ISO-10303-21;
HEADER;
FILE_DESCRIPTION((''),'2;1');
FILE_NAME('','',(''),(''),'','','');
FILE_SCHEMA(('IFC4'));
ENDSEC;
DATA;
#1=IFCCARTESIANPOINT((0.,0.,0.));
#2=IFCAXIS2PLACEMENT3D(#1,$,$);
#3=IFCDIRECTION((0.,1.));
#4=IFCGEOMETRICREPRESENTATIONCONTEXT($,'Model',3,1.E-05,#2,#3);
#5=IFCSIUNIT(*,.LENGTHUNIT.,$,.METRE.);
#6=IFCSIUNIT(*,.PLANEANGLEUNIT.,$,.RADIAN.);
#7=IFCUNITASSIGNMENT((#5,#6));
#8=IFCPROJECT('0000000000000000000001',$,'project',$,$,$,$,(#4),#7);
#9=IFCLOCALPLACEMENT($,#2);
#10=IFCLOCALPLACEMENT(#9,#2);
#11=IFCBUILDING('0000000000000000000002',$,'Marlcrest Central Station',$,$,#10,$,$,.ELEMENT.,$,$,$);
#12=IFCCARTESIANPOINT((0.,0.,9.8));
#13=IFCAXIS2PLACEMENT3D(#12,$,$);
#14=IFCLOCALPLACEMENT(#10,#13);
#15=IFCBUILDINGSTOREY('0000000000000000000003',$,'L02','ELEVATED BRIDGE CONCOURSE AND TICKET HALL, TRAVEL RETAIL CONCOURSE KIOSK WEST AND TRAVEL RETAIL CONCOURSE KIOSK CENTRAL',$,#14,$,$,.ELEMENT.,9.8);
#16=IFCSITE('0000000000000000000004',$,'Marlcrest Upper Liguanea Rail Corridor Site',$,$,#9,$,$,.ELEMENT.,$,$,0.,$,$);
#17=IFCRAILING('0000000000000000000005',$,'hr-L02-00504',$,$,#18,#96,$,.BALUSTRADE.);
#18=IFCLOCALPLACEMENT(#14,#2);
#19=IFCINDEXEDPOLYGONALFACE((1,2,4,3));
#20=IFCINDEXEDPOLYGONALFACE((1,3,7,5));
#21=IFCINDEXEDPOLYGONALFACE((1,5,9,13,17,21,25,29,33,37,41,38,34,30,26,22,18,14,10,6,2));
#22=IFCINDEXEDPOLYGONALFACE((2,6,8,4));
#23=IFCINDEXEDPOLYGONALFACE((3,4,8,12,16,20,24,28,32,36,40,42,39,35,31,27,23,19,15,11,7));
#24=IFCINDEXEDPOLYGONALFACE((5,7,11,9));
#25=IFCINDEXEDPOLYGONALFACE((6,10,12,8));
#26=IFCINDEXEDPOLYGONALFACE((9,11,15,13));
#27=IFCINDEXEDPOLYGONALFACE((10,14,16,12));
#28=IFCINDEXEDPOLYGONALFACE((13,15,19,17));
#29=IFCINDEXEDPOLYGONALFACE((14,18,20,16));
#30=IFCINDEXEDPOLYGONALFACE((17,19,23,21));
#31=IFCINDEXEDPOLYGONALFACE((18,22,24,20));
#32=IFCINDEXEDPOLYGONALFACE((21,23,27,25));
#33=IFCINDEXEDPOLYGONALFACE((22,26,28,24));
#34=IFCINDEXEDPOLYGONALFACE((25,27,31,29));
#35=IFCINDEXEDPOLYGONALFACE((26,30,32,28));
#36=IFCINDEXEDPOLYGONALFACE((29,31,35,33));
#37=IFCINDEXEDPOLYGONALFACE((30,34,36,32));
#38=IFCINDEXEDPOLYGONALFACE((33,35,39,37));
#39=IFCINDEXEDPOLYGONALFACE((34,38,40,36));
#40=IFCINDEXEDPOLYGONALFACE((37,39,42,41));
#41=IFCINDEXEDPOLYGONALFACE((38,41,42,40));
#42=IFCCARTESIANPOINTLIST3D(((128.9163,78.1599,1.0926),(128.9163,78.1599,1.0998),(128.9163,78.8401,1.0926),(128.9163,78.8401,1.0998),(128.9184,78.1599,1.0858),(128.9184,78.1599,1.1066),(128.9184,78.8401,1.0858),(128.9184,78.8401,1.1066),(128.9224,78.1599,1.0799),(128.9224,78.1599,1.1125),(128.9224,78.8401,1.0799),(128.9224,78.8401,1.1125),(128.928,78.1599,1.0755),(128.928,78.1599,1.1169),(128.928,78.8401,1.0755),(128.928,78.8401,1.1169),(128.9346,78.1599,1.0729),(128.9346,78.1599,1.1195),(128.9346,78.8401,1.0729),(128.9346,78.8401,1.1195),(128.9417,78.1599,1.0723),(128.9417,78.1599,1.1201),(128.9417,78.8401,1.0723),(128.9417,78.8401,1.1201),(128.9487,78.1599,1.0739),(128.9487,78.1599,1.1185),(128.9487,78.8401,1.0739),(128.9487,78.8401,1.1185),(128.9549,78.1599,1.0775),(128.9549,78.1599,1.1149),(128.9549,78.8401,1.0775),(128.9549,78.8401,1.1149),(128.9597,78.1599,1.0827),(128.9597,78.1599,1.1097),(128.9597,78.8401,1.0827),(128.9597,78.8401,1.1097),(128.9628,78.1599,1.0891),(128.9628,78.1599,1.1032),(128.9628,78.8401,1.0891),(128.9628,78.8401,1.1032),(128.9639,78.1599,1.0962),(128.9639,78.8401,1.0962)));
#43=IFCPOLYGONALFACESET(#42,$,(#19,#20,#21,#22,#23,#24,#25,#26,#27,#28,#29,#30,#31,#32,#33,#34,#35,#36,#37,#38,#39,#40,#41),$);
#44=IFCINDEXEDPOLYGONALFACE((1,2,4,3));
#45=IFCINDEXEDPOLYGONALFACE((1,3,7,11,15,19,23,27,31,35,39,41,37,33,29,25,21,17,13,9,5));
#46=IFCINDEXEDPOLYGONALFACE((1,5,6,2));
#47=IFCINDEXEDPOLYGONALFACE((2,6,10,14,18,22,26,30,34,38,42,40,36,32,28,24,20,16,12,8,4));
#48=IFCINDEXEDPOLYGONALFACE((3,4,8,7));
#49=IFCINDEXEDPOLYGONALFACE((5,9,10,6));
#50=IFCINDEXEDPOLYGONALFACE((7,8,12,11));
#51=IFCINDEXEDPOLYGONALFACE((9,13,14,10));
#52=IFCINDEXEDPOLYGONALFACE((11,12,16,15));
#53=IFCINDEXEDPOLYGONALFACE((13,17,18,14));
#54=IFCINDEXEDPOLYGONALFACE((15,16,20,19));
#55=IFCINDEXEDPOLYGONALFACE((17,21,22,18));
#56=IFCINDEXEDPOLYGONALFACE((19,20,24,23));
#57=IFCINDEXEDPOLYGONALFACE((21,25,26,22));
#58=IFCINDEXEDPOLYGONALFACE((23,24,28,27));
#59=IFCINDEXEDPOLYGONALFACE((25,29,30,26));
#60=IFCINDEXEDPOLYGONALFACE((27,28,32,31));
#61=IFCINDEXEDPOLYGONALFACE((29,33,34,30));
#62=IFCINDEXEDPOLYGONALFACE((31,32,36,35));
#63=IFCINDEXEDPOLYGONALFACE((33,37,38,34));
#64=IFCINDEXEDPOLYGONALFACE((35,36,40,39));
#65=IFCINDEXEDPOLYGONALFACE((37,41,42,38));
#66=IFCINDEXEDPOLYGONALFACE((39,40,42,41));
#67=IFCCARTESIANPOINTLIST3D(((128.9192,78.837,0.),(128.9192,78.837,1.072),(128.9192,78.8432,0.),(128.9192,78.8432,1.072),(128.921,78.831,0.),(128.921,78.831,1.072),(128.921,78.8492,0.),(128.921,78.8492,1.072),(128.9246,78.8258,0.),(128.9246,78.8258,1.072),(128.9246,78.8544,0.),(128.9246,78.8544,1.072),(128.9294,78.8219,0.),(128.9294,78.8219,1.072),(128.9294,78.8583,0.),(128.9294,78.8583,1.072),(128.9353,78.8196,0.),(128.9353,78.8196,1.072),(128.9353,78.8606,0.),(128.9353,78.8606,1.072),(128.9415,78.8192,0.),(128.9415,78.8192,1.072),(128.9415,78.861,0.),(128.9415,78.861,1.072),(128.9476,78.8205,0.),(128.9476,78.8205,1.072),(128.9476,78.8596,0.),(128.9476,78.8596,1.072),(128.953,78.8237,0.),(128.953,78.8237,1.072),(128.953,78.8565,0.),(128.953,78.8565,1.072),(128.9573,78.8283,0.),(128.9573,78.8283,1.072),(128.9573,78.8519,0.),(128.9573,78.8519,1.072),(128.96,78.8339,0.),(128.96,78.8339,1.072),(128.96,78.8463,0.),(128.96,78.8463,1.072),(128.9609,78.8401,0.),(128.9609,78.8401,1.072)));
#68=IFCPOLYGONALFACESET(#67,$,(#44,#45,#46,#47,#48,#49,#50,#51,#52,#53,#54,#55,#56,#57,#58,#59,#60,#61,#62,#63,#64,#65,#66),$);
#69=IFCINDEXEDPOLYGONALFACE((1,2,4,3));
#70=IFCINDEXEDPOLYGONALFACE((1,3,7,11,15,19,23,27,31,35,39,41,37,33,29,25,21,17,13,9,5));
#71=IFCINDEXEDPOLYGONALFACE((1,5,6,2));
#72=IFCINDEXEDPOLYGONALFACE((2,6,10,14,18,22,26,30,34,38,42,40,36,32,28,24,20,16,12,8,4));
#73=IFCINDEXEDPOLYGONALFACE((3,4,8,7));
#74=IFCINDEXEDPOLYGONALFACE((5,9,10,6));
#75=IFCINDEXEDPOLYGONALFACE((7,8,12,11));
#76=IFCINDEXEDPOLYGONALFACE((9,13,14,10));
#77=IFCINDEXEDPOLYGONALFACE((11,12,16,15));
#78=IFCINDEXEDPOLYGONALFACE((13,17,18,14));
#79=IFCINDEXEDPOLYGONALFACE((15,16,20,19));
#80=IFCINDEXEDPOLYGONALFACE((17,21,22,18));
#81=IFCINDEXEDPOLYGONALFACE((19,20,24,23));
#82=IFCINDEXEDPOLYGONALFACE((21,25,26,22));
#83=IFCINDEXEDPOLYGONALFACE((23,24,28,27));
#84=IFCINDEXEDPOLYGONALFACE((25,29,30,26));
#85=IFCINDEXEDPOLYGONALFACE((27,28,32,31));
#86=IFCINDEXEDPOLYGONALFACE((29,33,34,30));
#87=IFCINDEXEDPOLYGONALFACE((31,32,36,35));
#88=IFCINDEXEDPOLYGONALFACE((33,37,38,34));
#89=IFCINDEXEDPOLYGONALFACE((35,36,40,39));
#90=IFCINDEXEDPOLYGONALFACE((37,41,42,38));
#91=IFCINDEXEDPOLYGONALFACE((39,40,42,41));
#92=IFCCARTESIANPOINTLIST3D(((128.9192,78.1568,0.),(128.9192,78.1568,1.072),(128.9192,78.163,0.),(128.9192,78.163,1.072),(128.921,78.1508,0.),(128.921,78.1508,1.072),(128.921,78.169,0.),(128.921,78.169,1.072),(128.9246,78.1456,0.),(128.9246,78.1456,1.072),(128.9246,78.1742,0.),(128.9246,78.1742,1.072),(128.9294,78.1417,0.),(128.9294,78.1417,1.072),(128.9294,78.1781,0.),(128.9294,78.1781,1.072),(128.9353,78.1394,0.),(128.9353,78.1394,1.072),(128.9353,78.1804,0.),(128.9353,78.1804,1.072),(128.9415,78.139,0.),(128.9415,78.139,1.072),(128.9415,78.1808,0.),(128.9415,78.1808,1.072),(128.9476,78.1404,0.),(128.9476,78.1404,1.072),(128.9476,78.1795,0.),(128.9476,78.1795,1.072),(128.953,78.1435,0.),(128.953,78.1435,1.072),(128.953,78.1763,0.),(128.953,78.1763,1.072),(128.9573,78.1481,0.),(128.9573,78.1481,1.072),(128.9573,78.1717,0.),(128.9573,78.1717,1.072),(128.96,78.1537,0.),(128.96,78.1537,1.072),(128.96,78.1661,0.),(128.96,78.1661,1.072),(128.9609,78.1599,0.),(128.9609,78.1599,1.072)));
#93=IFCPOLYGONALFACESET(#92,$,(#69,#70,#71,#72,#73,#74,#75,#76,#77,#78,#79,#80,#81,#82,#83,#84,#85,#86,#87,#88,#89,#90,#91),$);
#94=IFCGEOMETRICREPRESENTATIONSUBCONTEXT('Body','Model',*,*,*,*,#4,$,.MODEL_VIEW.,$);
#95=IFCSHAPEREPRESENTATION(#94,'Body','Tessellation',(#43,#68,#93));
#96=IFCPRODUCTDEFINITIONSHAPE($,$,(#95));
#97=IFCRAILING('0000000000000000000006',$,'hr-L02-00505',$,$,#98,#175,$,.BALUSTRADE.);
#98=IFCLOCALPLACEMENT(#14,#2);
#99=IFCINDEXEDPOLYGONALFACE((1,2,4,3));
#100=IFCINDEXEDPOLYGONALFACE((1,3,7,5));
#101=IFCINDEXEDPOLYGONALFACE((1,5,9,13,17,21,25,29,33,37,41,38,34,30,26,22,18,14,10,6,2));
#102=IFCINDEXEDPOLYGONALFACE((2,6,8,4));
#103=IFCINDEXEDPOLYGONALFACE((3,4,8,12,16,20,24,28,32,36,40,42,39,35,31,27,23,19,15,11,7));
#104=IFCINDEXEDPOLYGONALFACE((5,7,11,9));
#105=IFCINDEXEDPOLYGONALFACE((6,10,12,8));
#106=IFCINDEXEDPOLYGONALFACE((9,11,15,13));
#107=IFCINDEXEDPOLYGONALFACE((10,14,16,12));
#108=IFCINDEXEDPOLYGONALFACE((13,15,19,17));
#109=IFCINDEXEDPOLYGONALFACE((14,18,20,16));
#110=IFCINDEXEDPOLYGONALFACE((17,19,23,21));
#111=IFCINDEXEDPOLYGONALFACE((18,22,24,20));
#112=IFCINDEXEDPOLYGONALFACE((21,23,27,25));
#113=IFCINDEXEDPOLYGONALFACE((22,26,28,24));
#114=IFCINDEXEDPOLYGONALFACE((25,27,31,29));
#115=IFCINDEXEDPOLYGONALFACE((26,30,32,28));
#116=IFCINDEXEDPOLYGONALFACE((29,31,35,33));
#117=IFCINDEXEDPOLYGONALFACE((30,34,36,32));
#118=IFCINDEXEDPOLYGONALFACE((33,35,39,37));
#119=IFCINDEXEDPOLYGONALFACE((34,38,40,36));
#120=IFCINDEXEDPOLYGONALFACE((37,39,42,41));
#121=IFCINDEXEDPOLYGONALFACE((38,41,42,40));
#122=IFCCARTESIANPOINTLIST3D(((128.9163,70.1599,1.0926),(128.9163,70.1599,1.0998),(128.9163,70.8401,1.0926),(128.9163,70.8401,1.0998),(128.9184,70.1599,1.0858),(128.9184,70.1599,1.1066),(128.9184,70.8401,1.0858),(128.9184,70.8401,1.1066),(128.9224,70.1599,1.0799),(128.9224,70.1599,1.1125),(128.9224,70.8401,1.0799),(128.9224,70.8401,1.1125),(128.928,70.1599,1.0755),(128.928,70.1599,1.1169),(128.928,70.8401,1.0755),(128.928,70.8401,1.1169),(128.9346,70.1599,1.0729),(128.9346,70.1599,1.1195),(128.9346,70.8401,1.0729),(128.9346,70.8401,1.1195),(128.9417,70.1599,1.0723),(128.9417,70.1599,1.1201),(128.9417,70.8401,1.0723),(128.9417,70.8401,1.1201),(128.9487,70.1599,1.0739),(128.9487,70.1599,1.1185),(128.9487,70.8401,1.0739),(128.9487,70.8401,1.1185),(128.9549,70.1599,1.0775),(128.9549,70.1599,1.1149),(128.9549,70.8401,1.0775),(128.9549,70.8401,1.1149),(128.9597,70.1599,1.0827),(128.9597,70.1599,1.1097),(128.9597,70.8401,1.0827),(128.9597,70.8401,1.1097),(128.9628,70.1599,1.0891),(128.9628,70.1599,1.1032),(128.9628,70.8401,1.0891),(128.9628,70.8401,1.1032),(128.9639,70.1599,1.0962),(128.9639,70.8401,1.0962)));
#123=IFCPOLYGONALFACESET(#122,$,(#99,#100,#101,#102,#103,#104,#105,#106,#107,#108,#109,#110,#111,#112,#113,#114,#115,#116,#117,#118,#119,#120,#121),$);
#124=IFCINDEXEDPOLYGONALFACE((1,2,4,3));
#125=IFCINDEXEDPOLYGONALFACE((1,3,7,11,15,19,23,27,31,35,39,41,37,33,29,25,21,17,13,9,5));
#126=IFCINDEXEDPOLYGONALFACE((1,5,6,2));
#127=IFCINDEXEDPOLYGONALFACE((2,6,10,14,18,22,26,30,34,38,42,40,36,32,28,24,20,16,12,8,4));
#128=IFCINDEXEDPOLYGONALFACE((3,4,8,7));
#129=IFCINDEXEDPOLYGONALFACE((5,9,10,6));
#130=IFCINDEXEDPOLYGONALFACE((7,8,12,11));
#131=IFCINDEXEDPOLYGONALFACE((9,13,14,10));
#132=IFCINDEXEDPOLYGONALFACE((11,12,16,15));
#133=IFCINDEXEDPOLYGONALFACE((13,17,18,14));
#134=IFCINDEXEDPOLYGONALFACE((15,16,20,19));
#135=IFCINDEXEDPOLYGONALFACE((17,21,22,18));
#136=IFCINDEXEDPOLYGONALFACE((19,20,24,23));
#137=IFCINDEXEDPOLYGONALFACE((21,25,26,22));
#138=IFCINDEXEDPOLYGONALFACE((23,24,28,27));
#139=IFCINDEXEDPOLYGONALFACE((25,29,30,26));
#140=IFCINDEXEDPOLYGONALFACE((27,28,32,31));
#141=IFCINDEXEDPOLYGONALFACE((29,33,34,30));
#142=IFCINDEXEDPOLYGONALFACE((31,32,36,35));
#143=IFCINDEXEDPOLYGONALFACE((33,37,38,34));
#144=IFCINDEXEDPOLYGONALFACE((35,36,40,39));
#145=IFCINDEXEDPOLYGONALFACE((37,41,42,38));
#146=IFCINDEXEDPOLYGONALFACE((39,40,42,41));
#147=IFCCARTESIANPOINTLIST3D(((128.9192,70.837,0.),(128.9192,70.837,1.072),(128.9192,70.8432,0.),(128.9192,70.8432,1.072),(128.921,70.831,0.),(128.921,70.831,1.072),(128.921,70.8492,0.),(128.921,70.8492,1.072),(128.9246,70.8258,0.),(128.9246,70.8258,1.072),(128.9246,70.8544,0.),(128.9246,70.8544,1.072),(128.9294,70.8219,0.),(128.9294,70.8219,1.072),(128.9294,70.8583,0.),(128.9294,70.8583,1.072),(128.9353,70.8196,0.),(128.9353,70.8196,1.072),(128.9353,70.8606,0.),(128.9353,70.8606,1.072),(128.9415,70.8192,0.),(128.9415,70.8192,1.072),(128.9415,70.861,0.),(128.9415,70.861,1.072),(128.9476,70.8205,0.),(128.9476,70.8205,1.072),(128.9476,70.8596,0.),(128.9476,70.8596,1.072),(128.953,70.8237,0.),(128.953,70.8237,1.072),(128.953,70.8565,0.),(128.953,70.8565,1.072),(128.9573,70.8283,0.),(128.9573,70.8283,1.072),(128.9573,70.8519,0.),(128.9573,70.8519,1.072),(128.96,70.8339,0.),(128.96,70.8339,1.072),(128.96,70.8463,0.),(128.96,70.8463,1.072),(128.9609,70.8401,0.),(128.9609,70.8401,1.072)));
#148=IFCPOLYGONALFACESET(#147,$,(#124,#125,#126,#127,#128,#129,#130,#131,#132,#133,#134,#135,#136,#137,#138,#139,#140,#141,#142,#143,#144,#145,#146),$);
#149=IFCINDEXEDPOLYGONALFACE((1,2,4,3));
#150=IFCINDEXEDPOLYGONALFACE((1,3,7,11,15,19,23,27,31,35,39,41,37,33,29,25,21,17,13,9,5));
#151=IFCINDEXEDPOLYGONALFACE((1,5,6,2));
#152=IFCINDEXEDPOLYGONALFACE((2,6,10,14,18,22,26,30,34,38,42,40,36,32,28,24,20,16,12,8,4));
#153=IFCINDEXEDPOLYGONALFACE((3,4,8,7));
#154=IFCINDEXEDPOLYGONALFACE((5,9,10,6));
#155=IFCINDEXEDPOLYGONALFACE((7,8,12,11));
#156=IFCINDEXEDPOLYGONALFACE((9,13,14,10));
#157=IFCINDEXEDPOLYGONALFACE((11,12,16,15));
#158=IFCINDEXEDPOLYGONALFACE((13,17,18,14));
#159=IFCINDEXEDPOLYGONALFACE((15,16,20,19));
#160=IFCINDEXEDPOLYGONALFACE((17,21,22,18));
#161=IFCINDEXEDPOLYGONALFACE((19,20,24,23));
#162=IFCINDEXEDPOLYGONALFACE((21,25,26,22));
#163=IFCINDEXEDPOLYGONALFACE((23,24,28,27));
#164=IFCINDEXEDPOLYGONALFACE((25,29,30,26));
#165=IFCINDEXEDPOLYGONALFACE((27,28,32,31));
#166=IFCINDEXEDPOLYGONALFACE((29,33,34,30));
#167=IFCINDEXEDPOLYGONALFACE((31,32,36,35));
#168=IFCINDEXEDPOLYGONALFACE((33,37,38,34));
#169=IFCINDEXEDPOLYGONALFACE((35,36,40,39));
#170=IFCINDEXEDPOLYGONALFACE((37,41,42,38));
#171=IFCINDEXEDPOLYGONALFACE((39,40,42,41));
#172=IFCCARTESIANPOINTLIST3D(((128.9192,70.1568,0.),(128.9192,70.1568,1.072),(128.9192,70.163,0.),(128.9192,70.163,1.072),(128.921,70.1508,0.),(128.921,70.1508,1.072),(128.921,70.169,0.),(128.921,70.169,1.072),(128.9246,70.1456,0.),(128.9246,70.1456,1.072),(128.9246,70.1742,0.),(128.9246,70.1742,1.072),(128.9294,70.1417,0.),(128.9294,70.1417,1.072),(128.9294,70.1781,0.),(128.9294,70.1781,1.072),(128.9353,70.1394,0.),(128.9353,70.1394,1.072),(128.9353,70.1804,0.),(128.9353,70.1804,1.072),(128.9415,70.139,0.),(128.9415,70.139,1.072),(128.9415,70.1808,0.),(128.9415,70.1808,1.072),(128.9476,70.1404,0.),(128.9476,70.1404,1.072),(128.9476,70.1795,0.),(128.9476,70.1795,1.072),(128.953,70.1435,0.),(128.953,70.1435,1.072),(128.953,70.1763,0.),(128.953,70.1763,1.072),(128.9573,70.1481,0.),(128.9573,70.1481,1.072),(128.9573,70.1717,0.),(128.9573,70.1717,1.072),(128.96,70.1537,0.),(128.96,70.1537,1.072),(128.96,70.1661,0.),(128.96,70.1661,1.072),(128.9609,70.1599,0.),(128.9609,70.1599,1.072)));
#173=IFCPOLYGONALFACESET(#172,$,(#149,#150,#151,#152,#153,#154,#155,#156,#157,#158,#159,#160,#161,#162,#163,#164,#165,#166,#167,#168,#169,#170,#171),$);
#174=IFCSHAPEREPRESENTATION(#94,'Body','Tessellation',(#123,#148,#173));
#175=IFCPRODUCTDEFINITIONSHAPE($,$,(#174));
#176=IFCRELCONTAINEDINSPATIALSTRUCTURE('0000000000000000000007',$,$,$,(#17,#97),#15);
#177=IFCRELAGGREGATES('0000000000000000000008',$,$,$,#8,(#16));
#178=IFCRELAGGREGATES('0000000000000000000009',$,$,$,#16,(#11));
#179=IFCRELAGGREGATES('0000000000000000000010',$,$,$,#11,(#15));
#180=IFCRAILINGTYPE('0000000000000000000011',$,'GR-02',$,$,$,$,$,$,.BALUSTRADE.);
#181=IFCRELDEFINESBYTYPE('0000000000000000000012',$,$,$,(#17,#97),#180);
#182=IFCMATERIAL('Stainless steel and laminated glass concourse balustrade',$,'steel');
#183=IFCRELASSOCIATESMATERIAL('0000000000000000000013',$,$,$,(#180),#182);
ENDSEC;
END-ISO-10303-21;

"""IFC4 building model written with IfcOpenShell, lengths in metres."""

from ifc_helpers import new_model, si_unit, direction, frame, origin, origin_2d, place, context, subcontext, project, spatial, circle, extrude, material, type_object, element, save


model = new_model("IFC4")

# Units and contexts
model_context = context("Model", 3, precision=1e-05, world=origin(), true_north=direction((0.0, 1.0)))
body_context = subcontext(model_context, "Body", "Model", "MODEL_VIEW")
ifc_project = project(units=[si_unit("LENGTHUNIT", "METRE"), si_unit("PLANEANGLEUNIT", "RADIAN")], contexts=[model_context])

# Site, building, storey
site_placement = place(None, origin())
site = spatial("IfcSite", under=ifc_project, at=site_placement, Name="Marlcrest Upper Liguanea Rail Corridor Site", CompositionType="ELEMENT", RefElevation=0.0)
building_placement = place(site_placement, origin())
building = spatial("IfcBuilding", under=site, at=building_placement, Name="Marlcrest Central Station", CompositionType="ELEMENT")
storey_placement = place(building_placement, frame((0.0, 0.0, 9.8)))
storey = spatial("IfcBuildingStorey", under=building, at=storey_placement, Name="L02", Description="ELEVATED BRIDGE CONCOURSE AND TICKET HALL, TRAVEL RETAIL CONCOURSE KIOSK WEST AND TRAVEL RETAIL CONCOURSE KIOSK CENTRAL", CompositionType="ELEMENT", Elevation=9.8)

# Railings
ifc_material_1 = material(Name="Stainless steel and laminated glass concourse balustrade", Category="steel")
railing_type = type_object("IfcRailingType", Name="GR-02", PredefinedType="BALUSTRADE", material=ifc_material_1)
for number, where, name in (
    (1, (128.9399, 78.8401, 0.0), "hr-L02-00504"),
    (2, (128.9399, 70.8401, 0.0), "hr-L02-00505"),
):
    element("IfcRailing", number, at=place(storey_placement, frame(where)), inside=storey, type_object=railing_type, Name=name, PredefinedType="BALUSTRADE", context=body_context, shape_type="SweptSolid", body=[
        extrude(circle(Radius=0.0239, at=origin_2d()), frame((0.0, 0.0, 1.0962), z_axis=(0.0, -1.0, 0.0), x_axis=(1.0, 0.0, 0.0)), (0.0, 0.0, 1.0), 0.6802),
        extrude(circle(Radius=0.021, at=origin_2d()), origin(), (0.0, 0.0, 1.0), 1.072),
        extrude(circle(Radius=0.021, at=origin_2d()), frame((0.0, -0.6802, 0.0)), (0.0, 0.0, 1.0), 1.072),
    ])

save(model, "model.ifc")
